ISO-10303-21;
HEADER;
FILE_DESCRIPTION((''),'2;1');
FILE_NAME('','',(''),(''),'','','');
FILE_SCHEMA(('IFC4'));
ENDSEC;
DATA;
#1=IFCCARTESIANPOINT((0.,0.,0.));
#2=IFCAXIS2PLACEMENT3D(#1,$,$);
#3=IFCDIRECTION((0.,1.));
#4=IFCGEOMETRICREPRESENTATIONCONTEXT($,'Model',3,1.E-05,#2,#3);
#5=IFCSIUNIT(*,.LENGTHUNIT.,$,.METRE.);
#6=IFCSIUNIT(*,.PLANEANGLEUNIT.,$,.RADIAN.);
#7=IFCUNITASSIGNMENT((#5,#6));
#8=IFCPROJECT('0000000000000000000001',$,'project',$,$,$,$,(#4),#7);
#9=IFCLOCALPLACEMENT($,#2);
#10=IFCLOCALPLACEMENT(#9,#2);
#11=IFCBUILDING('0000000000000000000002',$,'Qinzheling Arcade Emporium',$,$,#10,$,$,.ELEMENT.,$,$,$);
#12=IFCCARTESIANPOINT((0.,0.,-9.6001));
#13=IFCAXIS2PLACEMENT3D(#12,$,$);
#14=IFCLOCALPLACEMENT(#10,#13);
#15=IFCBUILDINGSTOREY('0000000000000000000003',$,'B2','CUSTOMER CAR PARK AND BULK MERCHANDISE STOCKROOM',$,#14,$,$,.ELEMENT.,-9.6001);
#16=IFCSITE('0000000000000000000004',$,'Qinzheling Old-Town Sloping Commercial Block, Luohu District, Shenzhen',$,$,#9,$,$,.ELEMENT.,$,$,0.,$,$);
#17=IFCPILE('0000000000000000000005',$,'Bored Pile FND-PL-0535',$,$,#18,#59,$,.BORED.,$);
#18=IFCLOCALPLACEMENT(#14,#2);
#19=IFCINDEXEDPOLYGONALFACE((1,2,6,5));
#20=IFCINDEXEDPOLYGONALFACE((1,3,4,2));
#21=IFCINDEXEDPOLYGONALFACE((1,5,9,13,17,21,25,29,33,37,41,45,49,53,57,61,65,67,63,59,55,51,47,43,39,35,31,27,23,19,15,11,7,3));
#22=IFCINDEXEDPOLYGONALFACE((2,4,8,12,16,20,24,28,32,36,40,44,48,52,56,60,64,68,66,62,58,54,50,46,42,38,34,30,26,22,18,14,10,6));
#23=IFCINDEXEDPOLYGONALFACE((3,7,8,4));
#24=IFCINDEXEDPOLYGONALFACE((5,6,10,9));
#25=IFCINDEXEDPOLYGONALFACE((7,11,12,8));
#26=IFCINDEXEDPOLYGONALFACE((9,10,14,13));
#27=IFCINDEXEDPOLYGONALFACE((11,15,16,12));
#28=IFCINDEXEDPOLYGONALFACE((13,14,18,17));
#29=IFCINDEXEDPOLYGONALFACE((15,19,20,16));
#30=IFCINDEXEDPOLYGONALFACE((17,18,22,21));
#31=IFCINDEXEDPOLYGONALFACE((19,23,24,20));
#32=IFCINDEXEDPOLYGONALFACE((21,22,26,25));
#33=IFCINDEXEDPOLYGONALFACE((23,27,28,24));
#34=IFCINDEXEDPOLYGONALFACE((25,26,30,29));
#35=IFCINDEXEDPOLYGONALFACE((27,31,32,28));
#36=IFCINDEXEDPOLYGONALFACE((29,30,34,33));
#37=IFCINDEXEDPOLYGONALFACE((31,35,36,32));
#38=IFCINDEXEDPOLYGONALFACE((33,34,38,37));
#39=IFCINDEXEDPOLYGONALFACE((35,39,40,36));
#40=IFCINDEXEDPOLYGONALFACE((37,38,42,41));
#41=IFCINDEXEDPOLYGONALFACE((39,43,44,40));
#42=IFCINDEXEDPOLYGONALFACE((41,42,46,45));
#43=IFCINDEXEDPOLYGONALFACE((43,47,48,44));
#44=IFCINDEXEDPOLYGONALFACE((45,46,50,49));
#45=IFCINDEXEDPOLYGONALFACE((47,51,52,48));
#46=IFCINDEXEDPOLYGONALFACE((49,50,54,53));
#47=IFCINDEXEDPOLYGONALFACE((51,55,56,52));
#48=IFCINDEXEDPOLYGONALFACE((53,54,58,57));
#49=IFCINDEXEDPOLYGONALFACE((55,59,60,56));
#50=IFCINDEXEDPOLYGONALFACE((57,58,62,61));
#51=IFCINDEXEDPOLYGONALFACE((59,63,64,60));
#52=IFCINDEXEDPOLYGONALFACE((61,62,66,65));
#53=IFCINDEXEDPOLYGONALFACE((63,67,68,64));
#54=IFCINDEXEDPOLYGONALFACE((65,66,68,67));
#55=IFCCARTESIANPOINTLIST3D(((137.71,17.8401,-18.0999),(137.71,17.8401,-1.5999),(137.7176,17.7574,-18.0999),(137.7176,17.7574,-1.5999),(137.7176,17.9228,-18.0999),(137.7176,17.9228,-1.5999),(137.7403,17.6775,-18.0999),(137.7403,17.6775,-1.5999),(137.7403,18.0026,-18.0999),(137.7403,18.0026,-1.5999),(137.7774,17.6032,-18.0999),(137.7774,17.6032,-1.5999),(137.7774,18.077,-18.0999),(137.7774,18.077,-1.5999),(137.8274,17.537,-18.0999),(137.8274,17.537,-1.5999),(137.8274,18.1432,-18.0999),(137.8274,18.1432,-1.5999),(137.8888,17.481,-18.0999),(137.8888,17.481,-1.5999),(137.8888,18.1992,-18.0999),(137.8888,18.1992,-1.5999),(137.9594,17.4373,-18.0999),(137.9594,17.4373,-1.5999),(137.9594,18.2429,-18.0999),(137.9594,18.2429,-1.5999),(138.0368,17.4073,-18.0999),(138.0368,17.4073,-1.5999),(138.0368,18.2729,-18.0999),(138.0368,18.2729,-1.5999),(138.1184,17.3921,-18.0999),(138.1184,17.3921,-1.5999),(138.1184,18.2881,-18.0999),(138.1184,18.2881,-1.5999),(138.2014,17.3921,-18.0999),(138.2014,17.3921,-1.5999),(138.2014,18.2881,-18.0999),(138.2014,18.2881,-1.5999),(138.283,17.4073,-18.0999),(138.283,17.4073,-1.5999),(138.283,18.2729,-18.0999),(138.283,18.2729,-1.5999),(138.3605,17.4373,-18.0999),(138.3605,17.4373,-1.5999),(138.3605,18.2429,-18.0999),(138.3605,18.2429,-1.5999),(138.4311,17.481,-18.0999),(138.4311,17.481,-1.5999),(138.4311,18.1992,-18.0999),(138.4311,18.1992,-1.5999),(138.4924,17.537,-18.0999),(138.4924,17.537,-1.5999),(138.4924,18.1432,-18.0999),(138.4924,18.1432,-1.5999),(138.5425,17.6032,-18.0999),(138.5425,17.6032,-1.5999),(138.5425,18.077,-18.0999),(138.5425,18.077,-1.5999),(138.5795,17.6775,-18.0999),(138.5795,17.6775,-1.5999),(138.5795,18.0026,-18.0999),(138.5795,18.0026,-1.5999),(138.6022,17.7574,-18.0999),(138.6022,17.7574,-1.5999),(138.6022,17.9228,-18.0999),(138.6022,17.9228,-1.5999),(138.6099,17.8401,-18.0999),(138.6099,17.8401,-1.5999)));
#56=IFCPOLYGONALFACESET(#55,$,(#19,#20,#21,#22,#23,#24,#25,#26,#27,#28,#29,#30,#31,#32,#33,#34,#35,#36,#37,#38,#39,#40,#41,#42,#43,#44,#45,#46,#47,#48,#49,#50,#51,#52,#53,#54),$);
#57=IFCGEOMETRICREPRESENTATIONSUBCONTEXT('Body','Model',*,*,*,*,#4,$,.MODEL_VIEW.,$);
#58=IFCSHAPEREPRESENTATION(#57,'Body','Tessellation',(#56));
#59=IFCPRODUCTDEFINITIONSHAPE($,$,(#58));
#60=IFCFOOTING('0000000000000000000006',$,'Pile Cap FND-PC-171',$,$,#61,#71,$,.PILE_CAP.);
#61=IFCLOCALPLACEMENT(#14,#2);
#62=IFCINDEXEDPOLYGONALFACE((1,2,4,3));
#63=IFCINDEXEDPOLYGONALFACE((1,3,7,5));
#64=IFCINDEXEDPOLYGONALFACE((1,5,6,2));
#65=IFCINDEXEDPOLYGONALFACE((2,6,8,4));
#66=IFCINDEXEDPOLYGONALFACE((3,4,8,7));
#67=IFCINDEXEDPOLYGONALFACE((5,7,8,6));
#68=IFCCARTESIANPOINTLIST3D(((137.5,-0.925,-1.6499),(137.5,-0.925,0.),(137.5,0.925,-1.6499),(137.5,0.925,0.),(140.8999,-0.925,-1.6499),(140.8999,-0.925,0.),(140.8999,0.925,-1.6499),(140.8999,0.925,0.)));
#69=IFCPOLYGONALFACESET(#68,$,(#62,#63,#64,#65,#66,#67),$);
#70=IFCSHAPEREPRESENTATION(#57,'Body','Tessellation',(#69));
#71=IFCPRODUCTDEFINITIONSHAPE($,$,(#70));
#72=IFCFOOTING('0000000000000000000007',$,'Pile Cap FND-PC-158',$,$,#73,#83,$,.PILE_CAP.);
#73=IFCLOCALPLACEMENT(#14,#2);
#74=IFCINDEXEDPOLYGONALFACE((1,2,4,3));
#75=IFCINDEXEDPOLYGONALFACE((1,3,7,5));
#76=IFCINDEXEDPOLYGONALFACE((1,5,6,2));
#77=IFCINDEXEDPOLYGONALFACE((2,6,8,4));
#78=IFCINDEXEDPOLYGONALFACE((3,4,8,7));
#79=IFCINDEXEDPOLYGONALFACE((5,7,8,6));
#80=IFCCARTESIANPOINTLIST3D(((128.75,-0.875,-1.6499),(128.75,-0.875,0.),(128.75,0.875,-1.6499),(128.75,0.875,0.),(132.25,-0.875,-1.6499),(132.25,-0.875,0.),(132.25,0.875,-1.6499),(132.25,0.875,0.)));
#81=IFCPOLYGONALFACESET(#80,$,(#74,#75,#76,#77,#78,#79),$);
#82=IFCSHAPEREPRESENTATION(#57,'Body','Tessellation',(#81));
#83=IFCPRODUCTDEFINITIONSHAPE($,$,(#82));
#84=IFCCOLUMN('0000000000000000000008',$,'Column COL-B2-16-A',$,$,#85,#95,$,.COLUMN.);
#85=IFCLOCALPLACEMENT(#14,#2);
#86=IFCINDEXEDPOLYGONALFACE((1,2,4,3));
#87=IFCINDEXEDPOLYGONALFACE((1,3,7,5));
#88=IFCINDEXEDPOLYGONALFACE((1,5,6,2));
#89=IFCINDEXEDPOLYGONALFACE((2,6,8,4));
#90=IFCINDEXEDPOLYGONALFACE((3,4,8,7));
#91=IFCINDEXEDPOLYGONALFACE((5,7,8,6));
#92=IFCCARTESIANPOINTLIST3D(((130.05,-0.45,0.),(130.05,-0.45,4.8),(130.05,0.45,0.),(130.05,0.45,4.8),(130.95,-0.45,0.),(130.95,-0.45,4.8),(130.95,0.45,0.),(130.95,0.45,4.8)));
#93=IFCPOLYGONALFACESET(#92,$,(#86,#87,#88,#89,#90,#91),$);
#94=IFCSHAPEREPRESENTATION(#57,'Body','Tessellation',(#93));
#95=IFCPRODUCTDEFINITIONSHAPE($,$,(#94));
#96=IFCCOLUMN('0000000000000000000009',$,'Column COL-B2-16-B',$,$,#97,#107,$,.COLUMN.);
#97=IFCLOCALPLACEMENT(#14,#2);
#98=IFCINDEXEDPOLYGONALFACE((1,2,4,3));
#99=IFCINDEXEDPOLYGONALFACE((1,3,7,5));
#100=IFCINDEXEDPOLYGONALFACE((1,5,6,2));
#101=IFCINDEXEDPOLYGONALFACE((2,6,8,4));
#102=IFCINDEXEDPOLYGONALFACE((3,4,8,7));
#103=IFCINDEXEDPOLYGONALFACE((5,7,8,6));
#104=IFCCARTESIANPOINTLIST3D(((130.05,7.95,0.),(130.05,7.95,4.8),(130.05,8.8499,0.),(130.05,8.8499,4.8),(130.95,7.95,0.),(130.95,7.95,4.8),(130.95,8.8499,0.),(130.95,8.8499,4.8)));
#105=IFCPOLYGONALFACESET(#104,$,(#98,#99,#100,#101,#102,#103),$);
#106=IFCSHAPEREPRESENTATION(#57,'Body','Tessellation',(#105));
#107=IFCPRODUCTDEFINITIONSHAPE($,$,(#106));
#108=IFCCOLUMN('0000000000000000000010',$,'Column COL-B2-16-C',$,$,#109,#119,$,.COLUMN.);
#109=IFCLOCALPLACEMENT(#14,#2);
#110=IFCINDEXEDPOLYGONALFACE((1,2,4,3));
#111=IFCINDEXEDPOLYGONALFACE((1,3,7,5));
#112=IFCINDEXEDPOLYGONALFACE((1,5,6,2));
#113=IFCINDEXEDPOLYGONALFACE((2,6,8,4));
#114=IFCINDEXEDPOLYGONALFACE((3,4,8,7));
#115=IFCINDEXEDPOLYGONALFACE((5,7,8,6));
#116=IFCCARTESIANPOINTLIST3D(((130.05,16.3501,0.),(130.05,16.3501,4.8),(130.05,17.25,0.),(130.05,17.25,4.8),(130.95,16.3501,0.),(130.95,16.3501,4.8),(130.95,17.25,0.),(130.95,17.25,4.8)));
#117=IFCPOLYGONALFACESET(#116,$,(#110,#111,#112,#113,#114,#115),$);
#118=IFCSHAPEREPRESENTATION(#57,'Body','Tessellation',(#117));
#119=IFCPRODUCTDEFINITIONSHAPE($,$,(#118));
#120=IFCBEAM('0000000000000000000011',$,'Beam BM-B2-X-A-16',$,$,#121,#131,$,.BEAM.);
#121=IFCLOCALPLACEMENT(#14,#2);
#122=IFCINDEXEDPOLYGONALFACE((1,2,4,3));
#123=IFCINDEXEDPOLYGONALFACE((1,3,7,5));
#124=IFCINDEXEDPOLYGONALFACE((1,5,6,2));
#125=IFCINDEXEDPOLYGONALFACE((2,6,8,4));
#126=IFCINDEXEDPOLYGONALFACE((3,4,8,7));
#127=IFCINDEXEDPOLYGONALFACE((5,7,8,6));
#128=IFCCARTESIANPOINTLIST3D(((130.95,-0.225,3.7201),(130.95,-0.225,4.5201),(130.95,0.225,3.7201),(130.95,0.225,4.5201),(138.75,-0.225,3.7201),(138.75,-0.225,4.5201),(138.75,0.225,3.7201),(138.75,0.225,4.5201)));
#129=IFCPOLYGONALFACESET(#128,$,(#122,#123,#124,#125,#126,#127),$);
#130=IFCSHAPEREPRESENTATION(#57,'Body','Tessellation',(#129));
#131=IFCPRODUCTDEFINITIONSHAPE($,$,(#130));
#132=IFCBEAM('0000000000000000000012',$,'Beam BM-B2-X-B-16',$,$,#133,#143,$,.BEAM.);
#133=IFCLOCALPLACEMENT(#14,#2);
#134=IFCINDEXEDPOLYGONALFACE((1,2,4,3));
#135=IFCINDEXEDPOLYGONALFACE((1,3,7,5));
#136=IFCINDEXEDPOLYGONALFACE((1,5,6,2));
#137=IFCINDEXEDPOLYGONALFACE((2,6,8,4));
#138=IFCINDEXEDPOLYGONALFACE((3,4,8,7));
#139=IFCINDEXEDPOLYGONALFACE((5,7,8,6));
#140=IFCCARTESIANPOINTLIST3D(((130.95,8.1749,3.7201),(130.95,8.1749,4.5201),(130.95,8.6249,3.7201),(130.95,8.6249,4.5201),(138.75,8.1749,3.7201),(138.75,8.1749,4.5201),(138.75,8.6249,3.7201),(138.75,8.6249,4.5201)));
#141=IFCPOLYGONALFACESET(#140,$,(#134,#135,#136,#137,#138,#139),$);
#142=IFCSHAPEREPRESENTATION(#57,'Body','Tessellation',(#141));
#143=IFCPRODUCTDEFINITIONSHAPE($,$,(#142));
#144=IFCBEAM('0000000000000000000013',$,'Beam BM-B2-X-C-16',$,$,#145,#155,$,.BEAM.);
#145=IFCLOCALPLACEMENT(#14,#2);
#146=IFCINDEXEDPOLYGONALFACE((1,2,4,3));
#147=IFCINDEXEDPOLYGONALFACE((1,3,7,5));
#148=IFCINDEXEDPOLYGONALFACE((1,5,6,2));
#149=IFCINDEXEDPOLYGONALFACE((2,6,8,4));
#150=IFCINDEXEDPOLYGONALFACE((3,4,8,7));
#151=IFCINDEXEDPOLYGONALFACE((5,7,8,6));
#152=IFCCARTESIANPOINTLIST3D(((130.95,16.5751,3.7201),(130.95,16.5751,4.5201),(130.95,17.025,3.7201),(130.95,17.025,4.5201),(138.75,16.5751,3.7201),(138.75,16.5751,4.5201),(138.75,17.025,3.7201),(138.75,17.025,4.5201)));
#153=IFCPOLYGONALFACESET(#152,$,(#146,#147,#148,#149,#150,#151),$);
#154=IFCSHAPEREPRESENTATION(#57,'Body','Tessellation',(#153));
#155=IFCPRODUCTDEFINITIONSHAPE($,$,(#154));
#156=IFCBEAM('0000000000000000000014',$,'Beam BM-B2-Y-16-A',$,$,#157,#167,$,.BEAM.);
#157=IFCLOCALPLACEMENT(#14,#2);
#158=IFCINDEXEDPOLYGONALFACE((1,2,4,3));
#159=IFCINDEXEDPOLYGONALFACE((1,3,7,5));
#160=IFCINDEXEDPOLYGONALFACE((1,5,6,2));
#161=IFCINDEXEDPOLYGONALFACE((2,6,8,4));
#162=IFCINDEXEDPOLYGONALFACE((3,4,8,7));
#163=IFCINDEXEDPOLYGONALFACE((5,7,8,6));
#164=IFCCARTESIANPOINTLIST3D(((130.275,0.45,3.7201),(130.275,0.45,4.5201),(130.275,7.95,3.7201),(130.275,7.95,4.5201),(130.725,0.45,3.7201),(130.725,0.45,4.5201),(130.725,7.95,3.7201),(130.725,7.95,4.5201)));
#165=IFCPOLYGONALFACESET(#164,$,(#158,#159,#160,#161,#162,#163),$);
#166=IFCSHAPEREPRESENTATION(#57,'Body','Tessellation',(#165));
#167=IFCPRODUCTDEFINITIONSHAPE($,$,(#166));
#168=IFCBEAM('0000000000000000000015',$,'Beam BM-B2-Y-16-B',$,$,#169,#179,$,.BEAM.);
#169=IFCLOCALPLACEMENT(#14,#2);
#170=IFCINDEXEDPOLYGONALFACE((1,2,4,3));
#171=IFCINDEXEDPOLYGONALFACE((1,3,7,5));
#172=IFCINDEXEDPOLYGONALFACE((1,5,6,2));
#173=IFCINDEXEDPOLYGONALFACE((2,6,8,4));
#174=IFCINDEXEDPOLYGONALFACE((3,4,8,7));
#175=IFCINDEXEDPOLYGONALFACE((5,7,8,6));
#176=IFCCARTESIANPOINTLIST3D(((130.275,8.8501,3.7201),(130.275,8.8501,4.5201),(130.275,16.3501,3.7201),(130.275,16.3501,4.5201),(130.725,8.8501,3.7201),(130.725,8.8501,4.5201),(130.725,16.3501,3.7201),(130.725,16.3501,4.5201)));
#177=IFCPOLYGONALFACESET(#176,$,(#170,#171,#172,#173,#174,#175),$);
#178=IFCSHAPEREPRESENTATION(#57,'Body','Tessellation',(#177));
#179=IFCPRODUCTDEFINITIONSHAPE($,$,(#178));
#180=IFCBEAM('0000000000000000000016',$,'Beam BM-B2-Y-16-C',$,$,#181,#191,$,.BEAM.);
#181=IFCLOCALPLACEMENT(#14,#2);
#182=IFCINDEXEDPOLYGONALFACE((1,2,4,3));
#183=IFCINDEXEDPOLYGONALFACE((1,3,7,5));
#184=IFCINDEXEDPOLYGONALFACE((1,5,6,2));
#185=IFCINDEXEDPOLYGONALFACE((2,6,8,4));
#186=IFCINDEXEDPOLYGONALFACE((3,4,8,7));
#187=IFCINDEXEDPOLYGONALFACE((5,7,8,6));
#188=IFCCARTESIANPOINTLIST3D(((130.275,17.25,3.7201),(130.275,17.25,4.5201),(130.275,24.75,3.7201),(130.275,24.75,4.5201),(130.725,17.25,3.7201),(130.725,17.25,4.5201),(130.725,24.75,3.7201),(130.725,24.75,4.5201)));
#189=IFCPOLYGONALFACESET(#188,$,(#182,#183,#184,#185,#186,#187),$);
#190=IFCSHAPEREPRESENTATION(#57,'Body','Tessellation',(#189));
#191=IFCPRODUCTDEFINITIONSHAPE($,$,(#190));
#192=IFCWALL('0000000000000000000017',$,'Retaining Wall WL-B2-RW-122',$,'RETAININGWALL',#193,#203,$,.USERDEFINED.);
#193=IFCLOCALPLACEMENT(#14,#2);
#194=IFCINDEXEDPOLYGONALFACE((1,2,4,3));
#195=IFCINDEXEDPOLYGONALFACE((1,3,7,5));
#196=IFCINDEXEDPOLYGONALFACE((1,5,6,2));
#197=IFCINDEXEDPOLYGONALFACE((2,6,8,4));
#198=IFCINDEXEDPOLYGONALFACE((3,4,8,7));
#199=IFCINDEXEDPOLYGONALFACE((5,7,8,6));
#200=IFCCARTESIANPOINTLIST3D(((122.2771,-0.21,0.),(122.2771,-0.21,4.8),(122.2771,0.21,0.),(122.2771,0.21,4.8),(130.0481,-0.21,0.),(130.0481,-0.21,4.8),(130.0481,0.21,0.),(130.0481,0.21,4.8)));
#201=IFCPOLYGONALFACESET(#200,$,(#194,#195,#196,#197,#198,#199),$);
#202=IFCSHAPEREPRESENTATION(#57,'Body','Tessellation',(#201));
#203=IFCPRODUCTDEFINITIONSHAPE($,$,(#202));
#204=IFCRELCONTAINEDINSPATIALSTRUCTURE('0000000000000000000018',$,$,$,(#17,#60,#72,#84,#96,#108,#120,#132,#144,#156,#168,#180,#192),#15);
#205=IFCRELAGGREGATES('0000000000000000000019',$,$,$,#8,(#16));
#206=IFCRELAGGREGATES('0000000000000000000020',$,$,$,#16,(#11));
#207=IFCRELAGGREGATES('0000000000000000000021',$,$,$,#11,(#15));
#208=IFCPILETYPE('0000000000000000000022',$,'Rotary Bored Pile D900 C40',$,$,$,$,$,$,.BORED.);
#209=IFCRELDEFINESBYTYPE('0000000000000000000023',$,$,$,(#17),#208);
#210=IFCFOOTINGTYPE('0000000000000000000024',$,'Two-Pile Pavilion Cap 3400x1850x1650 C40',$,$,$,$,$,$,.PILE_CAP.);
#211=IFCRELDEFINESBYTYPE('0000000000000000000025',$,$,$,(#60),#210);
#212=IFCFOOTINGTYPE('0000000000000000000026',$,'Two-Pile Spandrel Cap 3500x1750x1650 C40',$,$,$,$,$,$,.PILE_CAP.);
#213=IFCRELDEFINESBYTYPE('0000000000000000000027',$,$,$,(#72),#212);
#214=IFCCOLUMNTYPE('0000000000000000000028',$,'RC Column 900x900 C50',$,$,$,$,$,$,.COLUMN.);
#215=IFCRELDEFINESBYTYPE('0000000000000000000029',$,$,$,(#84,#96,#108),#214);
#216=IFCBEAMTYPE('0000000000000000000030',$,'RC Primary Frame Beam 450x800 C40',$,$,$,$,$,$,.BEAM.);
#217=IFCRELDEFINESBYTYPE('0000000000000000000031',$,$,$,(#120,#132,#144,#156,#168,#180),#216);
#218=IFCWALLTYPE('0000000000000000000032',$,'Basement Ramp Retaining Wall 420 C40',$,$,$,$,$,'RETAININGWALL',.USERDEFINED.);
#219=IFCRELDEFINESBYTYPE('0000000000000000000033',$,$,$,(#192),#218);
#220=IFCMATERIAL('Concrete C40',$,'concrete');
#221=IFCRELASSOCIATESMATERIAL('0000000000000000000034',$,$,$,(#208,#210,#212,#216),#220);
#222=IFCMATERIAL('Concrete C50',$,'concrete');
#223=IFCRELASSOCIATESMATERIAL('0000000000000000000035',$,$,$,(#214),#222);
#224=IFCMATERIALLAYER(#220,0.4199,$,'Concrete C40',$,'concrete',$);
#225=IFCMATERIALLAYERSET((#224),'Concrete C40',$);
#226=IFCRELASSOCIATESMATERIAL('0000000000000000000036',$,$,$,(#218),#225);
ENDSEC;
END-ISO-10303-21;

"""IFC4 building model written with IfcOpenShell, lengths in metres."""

from ifc_helpers import new_model, si_unit, direction, frame, frame_2d, origin, origin_2d, place, context, subcontext, project, spatial, rectangle, circle, extrude, material, layer, layer_set, material_profile, profile_set, type_object, element, save


model = new_model("IFC4")

# Units and contexts
model_context = context("Model", 3, precision=1e-05, world=origin(), true_north=direction((0.0, 1.0)))
body_context = subcontext(model_context, "Body", "Model", "MODEL_VIEW")
ifc_project = project(units=[si_unit("LENGTHUNIT", "METRE"), si_unit("PLANEANGLEUNIT", "RADIAN")], contexts=[model_context])

# Site, building, storey
site_placement = place(None, origin())
site = spatial("IfcSite", under=ifc_project, at=site_placement, Name="Qinzheling Old-Town Sloping Commercial Block, Luohu District, Shenzhen", CompositionType="ELEMENT", RefElevation=0.0)
building_placement = place(site_placement, origin())
building = spatial("IfcBuilding", under=site, at=building_placement, Name="Qinzheling Arcade Emporium", CompositionType="ELEMENT")
storey_placement = place(building_placement, frame((0.0, 0.0, -9.6001)))
storey = spatial("IfcBuildingStorey", under=building, at=storey_placement, Name="B2", Description="CUSTOMER CAR PARK AND BULK MERCHANDISE STOCKROOM", CompositionType="ELEMENT", Elevation=-9.6001)

# Shared definitions
ifc_material_1 = material(Name="Concrete C40", Category="concrete")

# Pile
ifc_material_profile_1 = material_profile(ifc_material_1, circle(Radius=0.45, at=origin_2d()), Name="BORED D900", Category="concrete")
ifc_profile_set_1 = profile_set([ifc_material_profile_1], Name="Concrete C40")
pile_type_1 = type_object("IfcPileType", Name="Rotary Bored Pile D900 C40", PredefinedType="BORED", material=ifc_profile_set_1)
for number, where, z_axis, x_axis, name in (
    (1, (138.1599, 17.8401, -1.5999), (0.0, 0.0, -1.0), (1.0, 0.0, 0.0), "Bored Pile FND-PL-0535"),
):
    element("IfcPile", number, at=place(storey_placement, frame(where, z_axis=z_axis, x_axis=x_axis)), inside=storey, type_object=pile_type_1, Name=name, PredefinedType="BORED", context=body_context, shape_type="SweptSolid", body=[
        extrude(circle(Radius=0.45, at=origin_2d()), origin(), (0.0, 0.0, 1.0), 16.5),
    ])

# Footings
footing_type_1 = type_object("IfcFootingType", Name="Two-Pile Pavilion Cap 3400x1850x1650 C40", PredefinedType="PILE_CAP", material=ifc_material_1)
footing_1_placement = place(storey_placement, frame((139.2, 0.0, -1.6499), z_axis=(0.0, 0.0, 1.0), x_axis=(1.0, 0.0, 0.0)))
element("IfcFooting", 2, at=footing_1_placement, inside=storey, type_object=footing_type_1, Name="Pile Cap FND-PC-171", PredefinedType="PILE_CAP", context=body_context, shape_type="SweptSolid", body=[
    extrude(rectangle(XDim=3.3999, YDim=1.8501, at=origin_2d()), origin(), (0.0, 0.0, 1.0), 1.6499),
])
footing_type_2 = type_object("IfcFootingType", Name="Two-Pile Spandrel Cap 3500x1750x1650 C40", PredefinedType="PILE_CAP", material=ifc_material_1)
footing_2_placement = place(storey_placement, frame((130.5, 0.0, -1.6499), z_axis=(0.0, 0.0, 1.0), x_axis=(1.0, 0.0, 0.0)))
element("IfcFooting", 3, at=footing_2_placement, inside=storey, type_object=footing_type_2, Name="Pile Cap FND-PC-158", PredefinedType="PILE_CAP", context=body_context, shape_type="SweptSolid", body=[
    extrude(rectangle(XDim=3.5, YDim=1.75, at=origin_2d()), origin(), (0.0, 0.0, 1.0), 1.6499),
])

# Columns
ifc_material_2 = material(Name="Concrete C50", Category="concrete")
ifc_material_profile_2 = material_profile(ifc_material_2, rectangle(XDim=0.8999, YDim=0.8999, at=origin_2d()), Name="RC 900x900", Category="concrete")
ifc_profile_set_2 = profile_set([ifc_material_profile_2], Name="Concrete C50")
column_type = type_object("IfcColumnType", Name="RC Column 900x900 C50", PredefinedType="COLUMN", material=ifc_profile_set_2)
for number, where, z_axis, x_axis, name in (
    (4, (130.5, 0.0, 0.0), (0.0, 0.0, 1.0), (1.0, 0.0, 0.0), "Column COL-B2-16-A"),
    (5, (130.5, 8.3999, 0.0), (0.0, 0.0, 1.0), (1.0, 0.0, 0.0), "Column COL-B2-16-B"),
    (6, (130.5, 16.8, 0.0), (0.0, 0.0, 1.0), (1.0, 0.0, 0.0), "Column COL-B2-16-C"),
):
    element("IfcColumn", number, at=place(storey_placement, frame(where, z_axis=z_axis, x_axis=x_axis)), inside=storey, type_object=column_type, Name=name, PredefinedType="COLUMN", context=body_context, shape_type="SweptSolid", body=[
        extrude(rectangle(XDim=0.8999, YDim=0.8999, at=origin_2d()), origin(), (0.0, 0.0, 1.0), 4.8),
    ])

# Beams
ifc_material_profile_3 = material_profile(ifc_material_1, rectangle(XDim=0.45, YDim=0.8, at=origin_2d()), Name="RC 450x800", Category="concrete")
ifc_profile_set_3 = profile_set([ifc_material_profile_3], Name="Concrete C40")
beam_type = type_object("IfcBeamType", Name="RC Primary Frame Beam 450x800 C40", PredefinedType="BEAM", material=ifc_profile_set_3)
for number, where, z_axis, x_axis, name in (
    (7, (130.95, 0.0, 4.1201), (1.0, 0.0, 0.0), (0.0, 1.0, 0.0), "Beam BM-B2-X-A-16"),
    (8, (130.95, 8.3999, 4.1201), (1.0, 0.0, 0.0), (0.0, 1.0, 0.0), "Beam BM-B2-X-B-16"),
    (9, (130.95, 16.8, 4.1201), (1.0, 0.0, 0.0), (0.0, 1.0, 0.0), "Beam BM-B2-X-C-16"),
):
    element("IfcBeam", number, at=place(storey_placement, frame(where, z_axis=z_axis, x_axis=x_axis)), inside=storey, type_object=beam_type, Name=name, PredefinedType="BEAM", context=body_context, shape_type="SweptSolid", body=[
        extrude(rectangle(XDim=0.45, YDim=0.8, at=origin_2d()), origin(), (0.0, 0.0, 1.0), 7.8),
    ])
for number, where, z_axis, x_axis, name in (
    (10, (130.5, 0.45, 4.1201), (0.0, 1.0, 0.0), (-1.0, 0.0, 0.0), "Beam BM-B2-Y-16-A"),
    (11, (130.5, 8.8501, 4.1201), (0.0, 1.0, 0.0), (-1.0, 0.0, 0.0), "Beam BM-B2-Y-16-B"),
    (12, (130.5, 17.25, 4.1201), (0.0, 1.0, 0.0), (-1.0, 0.0, 0.0), "Beam BM-B2-Y-16-C"),
):
    element("IfcBeam", number, at=place(storey_placement, frame(where, z_axis=z_axis, x_axis=x_axis)), inside=storey, type_object=beam_type, Name=name, PredefinedType="BEAM", context=body_context, shape_type="SweptSolid", body=[
        extrude(rectangle(XDim=0.45, YDim=0.8, at=origin_2d()), origin(), (0.0, 0.0, 1.0), 7.5),
    ])

# Wall
ifc_layer_1 = layer(ifc_material_1, 0.4199, Name="Concrete C40", Category="concrete")
ifc_layer_set_1 = layer_set([ifc_layer_1], Name="Concrete C40")
wall_type_1 = type_object("IfcWallType", Name="Basement Ramp Retaining Wall 420 C40", ElementType="RETAININGWALL", PredefinedType="USERDEFINED", material=ifc_layer_set_1)
wall_1_placement = place(storey_placement, frame((130.0481, 0.0, 0.0), z_axis=(0.0, 0.0, 1.0), x_axis=(-1.0, 0.0, 0.0)))
element("IfcWall", 13, at=wall_1_placement, inside=storey, type_object=wall_type_1, Name="Retaining Wall WL-B2-RW-122", ObjectType="RETAININGWALL", PredefinedType="USERDEFINED", context=body_context, shape_type="SweptSolid", body=[
    extrude(rectangle(XDim=7.771, YDim=0.4199, at=frame_2d((3.8855, 0.0))), origin(), (0.0, 0.0, 1.0), 4.8),
])

save(model, "model.ifc")
